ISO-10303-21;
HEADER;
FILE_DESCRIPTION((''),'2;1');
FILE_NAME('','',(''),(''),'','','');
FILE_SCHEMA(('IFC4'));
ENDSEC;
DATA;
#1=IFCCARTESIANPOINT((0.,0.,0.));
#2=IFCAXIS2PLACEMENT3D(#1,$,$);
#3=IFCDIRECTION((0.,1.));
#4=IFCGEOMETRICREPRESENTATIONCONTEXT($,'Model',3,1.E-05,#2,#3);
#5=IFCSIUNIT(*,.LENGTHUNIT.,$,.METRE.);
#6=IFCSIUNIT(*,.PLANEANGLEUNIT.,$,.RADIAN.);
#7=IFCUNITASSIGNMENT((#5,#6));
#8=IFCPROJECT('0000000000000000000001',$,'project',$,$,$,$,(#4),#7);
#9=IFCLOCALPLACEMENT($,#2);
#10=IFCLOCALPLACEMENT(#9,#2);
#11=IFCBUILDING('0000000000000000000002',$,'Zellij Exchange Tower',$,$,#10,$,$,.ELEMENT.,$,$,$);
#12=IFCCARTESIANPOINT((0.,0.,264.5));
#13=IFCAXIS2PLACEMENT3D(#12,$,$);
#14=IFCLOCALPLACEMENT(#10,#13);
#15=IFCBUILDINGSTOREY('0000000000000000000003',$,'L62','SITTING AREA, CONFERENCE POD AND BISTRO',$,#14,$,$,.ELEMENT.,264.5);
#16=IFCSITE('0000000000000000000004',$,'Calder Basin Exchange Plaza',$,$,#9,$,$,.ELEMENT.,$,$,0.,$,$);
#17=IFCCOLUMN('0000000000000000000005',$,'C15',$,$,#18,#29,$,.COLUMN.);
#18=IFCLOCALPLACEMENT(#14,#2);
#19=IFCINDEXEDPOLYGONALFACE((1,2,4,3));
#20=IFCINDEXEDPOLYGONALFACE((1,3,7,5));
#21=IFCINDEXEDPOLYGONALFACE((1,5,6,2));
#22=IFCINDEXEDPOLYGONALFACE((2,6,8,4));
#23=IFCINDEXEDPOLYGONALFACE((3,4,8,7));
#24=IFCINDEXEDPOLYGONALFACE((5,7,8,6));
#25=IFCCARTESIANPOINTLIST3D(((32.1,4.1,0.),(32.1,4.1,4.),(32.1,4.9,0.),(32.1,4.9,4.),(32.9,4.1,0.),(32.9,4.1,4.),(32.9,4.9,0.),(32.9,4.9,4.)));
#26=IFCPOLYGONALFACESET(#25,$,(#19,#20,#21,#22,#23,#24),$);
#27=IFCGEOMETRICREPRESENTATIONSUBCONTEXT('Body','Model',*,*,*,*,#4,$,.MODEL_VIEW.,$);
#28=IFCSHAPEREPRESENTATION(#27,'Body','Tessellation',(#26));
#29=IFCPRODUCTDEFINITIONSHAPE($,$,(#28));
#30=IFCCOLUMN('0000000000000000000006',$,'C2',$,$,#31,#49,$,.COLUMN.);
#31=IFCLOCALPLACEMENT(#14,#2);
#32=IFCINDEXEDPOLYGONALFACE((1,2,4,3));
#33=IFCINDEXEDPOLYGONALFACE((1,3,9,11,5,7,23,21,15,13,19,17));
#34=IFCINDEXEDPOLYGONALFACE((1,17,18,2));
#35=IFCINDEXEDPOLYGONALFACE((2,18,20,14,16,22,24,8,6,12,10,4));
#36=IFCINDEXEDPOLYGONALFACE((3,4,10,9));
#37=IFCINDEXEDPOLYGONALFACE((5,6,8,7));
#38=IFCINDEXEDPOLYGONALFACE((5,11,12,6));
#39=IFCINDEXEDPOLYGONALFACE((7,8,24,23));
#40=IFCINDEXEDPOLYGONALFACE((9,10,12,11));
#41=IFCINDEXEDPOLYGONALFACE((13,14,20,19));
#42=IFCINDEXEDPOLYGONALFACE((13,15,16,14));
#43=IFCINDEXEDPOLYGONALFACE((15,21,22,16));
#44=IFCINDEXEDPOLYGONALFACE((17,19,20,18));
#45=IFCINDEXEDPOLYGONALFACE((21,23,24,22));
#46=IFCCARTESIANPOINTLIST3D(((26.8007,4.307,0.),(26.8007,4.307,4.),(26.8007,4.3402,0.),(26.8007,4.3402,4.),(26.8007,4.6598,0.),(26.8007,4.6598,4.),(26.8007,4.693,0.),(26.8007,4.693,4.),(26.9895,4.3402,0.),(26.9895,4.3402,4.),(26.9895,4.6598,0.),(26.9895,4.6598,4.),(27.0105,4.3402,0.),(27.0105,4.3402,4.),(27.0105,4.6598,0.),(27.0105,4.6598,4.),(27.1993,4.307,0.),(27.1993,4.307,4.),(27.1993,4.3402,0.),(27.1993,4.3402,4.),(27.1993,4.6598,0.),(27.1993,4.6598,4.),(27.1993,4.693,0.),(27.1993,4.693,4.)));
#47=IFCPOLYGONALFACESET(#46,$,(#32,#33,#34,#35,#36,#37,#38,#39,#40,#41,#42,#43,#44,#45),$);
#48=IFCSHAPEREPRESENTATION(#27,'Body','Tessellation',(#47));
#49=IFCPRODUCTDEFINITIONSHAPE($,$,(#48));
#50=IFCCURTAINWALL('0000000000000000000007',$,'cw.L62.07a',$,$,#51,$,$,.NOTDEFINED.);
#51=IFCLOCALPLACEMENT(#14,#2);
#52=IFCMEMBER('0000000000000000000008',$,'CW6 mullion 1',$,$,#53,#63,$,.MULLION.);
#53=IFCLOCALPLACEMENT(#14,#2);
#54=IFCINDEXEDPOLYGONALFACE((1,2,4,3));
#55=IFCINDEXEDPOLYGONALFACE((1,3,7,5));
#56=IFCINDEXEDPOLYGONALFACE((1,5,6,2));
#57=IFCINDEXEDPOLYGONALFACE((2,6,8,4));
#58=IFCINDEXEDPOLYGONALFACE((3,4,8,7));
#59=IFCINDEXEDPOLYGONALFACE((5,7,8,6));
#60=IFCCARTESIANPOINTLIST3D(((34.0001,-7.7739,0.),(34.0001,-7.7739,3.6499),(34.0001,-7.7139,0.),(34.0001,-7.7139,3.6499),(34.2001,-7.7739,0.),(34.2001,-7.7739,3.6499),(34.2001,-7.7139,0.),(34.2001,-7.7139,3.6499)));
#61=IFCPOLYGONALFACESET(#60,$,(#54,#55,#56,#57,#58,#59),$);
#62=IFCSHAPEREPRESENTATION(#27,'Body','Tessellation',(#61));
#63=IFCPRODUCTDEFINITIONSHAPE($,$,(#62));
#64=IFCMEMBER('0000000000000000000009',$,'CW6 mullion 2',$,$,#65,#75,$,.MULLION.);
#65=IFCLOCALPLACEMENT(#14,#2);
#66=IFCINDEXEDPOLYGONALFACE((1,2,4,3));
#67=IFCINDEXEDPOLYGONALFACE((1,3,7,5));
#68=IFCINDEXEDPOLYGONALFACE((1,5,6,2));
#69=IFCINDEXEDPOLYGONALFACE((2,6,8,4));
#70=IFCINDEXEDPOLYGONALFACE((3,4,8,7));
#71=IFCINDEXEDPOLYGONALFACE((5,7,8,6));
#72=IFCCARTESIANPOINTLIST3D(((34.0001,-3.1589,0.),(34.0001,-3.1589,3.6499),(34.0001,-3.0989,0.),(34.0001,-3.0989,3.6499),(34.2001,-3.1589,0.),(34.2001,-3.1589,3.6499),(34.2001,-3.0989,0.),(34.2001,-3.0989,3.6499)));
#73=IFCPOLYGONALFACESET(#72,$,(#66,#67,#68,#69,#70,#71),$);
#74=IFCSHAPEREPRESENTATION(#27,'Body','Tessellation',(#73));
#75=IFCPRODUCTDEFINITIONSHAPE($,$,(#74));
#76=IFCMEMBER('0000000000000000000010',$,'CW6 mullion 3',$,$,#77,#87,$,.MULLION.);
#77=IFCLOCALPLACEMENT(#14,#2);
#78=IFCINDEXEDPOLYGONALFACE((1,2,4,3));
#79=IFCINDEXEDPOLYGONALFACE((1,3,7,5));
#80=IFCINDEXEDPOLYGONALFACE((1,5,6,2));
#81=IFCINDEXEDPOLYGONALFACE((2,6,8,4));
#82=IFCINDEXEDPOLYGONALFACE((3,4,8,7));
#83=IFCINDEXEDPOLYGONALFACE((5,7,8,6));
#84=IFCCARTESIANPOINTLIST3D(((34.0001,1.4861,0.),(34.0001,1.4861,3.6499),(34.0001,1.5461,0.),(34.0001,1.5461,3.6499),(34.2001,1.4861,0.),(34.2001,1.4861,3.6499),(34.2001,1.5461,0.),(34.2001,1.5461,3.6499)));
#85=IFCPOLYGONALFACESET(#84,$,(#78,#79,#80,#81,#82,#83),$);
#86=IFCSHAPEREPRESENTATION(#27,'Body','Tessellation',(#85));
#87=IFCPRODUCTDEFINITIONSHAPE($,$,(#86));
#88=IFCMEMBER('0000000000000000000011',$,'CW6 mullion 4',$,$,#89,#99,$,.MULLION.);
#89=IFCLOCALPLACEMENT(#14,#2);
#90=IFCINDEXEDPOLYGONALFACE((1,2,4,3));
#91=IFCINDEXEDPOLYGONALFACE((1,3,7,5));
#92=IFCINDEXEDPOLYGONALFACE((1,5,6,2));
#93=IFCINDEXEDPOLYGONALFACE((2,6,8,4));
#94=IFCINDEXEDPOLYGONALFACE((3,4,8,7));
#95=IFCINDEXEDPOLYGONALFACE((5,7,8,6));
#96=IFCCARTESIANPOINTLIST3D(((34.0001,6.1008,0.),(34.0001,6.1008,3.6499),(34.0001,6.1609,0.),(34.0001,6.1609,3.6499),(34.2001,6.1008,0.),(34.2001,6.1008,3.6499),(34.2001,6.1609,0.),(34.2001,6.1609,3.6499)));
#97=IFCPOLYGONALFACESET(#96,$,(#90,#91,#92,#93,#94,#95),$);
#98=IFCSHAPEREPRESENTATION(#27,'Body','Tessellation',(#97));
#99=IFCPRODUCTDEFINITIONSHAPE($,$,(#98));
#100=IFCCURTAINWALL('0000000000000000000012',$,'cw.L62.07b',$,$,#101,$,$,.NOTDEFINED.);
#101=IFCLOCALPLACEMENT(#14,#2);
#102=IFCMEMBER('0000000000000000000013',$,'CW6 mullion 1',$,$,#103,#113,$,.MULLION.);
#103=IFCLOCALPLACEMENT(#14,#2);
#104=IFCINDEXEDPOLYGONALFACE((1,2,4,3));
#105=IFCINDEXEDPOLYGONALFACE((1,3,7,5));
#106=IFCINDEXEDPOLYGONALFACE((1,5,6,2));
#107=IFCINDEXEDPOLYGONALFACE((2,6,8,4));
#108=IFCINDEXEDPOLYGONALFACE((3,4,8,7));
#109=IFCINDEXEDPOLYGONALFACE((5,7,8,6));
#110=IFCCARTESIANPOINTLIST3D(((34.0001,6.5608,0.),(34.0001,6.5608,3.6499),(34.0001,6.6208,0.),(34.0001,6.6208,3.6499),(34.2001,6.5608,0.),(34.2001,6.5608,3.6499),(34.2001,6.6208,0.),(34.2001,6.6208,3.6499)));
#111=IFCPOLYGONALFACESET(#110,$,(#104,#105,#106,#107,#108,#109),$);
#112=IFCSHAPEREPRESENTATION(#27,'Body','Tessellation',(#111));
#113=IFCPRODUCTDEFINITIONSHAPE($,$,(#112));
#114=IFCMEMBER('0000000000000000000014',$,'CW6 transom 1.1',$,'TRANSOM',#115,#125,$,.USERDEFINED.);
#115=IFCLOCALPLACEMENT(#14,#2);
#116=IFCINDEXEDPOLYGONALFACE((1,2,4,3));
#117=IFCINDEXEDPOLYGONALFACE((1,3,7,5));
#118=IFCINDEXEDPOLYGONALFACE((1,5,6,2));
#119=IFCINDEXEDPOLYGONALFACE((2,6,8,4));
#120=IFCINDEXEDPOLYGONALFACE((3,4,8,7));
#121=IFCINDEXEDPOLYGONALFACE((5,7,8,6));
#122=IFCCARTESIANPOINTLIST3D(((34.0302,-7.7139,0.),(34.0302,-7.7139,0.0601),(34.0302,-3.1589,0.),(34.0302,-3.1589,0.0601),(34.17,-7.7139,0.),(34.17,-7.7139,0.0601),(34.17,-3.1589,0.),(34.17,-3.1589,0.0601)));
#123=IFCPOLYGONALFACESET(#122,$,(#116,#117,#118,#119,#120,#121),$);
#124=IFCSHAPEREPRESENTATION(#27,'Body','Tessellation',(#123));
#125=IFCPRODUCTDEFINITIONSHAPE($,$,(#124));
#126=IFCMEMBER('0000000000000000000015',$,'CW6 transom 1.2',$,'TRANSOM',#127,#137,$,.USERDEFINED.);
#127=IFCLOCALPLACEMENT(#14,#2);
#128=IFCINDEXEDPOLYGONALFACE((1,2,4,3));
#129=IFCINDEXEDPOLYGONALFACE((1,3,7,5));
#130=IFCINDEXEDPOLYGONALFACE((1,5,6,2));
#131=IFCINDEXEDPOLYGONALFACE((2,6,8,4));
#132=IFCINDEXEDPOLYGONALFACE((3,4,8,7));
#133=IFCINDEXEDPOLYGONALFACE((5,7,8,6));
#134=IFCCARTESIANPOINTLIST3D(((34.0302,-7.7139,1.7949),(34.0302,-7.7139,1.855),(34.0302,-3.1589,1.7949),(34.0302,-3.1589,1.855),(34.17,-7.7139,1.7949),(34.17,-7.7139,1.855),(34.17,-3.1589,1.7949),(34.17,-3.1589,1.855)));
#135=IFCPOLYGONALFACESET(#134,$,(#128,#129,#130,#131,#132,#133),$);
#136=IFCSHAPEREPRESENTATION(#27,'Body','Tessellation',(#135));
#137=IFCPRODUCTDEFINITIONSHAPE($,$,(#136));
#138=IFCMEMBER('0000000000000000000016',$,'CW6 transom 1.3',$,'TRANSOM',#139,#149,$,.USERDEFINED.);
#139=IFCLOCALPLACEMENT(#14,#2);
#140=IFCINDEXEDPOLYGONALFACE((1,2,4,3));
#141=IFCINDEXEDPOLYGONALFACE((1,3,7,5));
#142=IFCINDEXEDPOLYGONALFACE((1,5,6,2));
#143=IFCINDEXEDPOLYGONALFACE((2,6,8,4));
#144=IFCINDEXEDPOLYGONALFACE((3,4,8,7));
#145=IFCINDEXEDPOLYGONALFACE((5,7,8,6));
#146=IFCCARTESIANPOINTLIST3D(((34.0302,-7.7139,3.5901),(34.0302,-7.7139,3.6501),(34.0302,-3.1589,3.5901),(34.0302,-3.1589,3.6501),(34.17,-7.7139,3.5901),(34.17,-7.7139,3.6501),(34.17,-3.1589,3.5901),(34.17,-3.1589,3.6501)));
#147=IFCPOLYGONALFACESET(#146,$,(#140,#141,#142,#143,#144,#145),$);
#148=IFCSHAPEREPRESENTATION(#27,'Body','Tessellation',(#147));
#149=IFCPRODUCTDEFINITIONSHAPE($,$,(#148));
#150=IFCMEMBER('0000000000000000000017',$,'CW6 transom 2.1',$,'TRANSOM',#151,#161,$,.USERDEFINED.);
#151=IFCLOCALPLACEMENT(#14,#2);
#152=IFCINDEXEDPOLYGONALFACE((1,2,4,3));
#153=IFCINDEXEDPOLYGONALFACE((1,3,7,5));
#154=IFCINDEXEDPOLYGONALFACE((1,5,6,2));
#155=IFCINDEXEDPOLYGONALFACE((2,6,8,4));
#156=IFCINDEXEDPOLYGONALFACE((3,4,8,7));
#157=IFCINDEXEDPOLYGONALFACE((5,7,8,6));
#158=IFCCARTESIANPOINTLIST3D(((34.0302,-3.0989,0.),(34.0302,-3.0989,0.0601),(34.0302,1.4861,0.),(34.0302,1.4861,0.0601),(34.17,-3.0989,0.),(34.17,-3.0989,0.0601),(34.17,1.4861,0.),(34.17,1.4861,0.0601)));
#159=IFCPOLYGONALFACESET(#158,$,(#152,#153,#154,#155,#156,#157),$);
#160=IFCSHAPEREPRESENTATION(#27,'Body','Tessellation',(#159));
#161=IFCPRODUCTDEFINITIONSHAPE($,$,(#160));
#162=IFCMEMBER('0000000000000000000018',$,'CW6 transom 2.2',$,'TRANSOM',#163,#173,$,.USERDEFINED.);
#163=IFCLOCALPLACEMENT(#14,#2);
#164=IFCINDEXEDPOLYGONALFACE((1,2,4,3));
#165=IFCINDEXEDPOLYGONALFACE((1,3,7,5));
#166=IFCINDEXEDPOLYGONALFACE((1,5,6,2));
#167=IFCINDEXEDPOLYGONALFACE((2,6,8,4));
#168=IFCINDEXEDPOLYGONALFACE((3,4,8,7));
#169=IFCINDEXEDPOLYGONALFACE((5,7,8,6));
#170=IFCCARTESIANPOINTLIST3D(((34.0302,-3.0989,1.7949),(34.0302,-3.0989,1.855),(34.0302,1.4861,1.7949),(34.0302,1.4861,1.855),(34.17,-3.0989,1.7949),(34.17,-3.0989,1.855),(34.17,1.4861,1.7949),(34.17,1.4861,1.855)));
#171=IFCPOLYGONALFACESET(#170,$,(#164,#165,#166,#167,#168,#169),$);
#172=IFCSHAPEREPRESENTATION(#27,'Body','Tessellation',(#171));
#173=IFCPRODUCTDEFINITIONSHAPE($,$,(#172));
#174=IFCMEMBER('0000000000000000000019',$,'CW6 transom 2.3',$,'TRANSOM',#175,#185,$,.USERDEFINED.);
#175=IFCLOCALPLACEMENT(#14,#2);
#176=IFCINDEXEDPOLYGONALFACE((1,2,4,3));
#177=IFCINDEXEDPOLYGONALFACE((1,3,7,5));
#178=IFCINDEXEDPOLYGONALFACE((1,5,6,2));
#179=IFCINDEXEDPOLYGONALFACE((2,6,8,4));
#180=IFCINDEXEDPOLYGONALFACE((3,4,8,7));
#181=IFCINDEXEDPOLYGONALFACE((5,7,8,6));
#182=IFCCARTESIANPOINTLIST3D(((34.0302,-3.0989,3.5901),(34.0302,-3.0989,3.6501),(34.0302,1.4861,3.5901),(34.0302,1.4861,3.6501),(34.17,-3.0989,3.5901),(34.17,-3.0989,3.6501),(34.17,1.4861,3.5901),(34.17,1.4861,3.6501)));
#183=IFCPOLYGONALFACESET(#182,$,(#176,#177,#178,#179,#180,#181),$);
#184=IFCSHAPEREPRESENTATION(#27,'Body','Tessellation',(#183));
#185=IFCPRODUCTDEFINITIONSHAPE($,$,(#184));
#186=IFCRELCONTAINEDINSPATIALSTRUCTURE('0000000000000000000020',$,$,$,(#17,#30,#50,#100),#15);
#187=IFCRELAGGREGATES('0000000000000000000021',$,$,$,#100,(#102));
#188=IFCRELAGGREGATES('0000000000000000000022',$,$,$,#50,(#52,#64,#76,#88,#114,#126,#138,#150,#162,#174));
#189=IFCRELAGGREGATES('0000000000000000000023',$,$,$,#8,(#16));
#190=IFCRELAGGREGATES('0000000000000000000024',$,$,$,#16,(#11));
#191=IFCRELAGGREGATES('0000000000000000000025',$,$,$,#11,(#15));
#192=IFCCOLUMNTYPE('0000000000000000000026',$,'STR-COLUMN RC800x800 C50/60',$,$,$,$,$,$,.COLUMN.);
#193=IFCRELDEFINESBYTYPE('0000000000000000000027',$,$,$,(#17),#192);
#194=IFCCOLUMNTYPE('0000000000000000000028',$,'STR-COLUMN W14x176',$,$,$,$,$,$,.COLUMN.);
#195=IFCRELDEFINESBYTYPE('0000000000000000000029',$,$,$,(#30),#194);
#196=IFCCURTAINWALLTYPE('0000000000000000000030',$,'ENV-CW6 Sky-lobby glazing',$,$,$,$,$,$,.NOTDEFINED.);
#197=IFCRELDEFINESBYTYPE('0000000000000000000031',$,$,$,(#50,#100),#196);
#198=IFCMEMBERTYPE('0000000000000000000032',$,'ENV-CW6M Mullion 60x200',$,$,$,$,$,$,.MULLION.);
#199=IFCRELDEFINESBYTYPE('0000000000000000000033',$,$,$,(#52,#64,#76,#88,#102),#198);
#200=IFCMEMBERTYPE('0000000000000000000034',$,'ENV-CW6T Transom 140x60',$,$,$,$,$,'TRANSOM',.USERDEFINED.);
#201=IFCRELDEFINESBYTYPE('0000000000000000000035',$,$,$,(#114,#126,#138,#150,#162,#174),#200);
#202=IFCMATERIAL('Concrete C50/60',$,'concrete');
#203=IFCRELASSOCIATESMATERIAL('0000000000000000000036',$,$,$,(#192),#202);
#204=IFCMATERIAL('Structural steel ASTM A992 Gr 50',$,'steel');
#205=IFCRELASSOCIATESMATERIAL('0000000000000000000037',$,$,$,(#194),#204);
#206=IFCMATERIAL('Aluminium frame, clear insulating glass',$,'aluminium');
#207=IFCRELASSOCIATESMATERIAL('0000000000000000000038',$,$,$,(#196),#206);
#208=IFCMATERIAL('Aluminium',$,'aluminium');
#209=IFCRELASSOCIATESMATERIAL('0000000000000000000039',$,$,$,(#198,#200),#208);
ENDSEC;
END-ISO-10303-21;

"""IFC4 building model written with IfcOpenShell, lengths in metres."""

from ifc_helpers import new_model, si_unit, direction, frame, origin, origin_2d, place, context, subcontext, project, spatial, rectangle, i_section, extrude, material, material_profile, profile_set, type_object, element, aggregate, save


model = new_model("IFC4")

# Units and contexts
model_context = context("Model", 3, precision=1e-05, world=origin(), true_north=direction((0.0, 1.0)))
body_context = subcontext(model_context, "Body", "Model", "MODEL_VIEW")
ifc_project = project(units=[si_unit("LENGTHUNIT", "METRE"), si_unit("PLANEANGLEUNIT", "RADIAN")], contexts=[model_context])

# Site, building, storey
site_placement = place(None, origin())
site = spatial("IfcSite", under=ifc_project, at=site_placement, Name="Calder Basin Exchange Plaza", CompositionType="ELEMENT", RefElevation=0.0)
building_placement = place(site_placement, origin())
building = spatial("IfcBuilding", under=site, at=building_placement, Name="Zellij Exchange Tower", CompositionType="ELEMENT")
storey_placement = place(building_placement, frame((0.0, 0.0, 264.5)))
storey = spatial("IfcBuildingStorey", under=building, at=storey_placement, Name="L62", Description="SITTING AREA, CONFERENCE POD AND BISTRO", CompositionType="ELEMENT", Elevation=264.5)

# Columns
ifc_material_1 = material(Name="Concrete C50/60", Category="concrete")
ifc_material_profile_1 = material_profile(ifc_material_1, rectangle(XDim=0.8, YDim=0.8, at=origin_2d()), Name="STR-COLUMN RC800x800 C50/60")
ifc_profile_set_1 = profile_set([ifc_material_profile_1], Name="Concrete C50/60")
column_type_1 = type_object("IfcColumnType", Name="STR-COLUMN RC800x800 C50/60", PredefinedType="COLUMN", material=ifc_profile_set_1)
column_1_placement = place(storey_placement, frame((32.5, 4.5, 0.0), z_axis=(0.0, 0.0, 1.0), x_axis=(1.0, 0.0, 0.0)))
element("IfcColumn", 1, at=column_1_placement, inside=storey, type_object=column_type_1, Name="C15", PredefinedType="COLUMN", context=body_context, shape_type="SweptSolid", body=[
    extrude(rectangle(XDim=0.8, YDim=0.8, at=origin_2d()), origin(), (0.0, 0.0, 1.0), 4.0),
])
ifc_material_2 = material(Name="Structural steel ASTM A992 Gr 50", Category="steel")
ifc_material_profile_2 = material_profile(ifc_material_2, i_section(OverallWidth=0.3987, OverallDepth=0.386, WebThickness=0.021, FlangeThickness=0.0332, at=origin_2d()), Name="W14x176")
ifc_profile_set_2 = profile_set([ifc_material_profile_2], Name="Structural steel ASTM A992 Gr 50")
column_type_2 = type_object("IfcColumnType", Name="STR-COLUMN W14x176", PredefinedType="COLUMN", material=ifc_profile_set_2)
column_2_placement = place(storey_placement, frame((27.0, 4.5, 0.0), z_axis=(0.0, 0.0, 1.0), x_axis=(1.0, 0.0, 0.0)))
element("IfcColumn", 2, at=column_2_placement, inside=storey, type_object=column_type_2, Name="C2", PredefinedType="COLUMN", context=body_context, shape_type="SweptSolid", body=[
    extrude(i_section(OverallWidth=0.3987, OverallDepth=0.386, WebThickness=0.021, FlangeThickness=0.0332, at=origin_2d()), origin(), (0.0, 0.0, 1.0), 4.0),
])

# Curtain wall, members
ifc_material_3 = material(Name="Aluminium frame, clear insulating glass", Category="aluminium")
curtain_wall_type = type_object("IfcCurtainWallType", Name="ENV-CW6 Sky-lobby glazing", PredefinedType="NOTDEFINED", material=ifc_material_3)
curtain_wall_1_placement = place(storey_placement, origin())
curtain_wall_1 = element("IfcCurtainWall", 3, at=curtain_wall_1_placement, inside=storey, type_object=curtain_wall_type, Name="cw.L62.07a", PredefinedType="NOTDEFINED")
ifc_material_4 = material(Name="Aluminium", Category="aluminium")
ifc_material_profile_3 = material_profile(ifc_material_4, rectangle(XDim=0.0601, YDim=0.2, at=origin_2d()), Name="AL 60x200")
ifc_profile_set_3 = profile_set([ifc_material_profile_3], Name="Aluminium")
member_type_1 = type_object("IfcMemberType", Name="ENV-CW6M Mullion 60x200", PredefinedType="MULLION", material=ifc_profile_set_3)
member_1_placement = place(storey_placement, frame((34.1001, -7.7439, 0.0), z_axis=(0.0, 0.0, 1.0), x_axis=(0.0, 1.0, 0.0)))
member_1 = element("IfcMember", 4, at=member_1_placement, type_object=member_type_1, Name="CW6 mullion 1", PredefinedType="MULLION", context=body_context, shape_type="SweptSolid", body=[
    extrude(rectangle(XDim=0.0601, YDim=0.2, at=origin_2d()), origin(), (0.0, 0.0, 1.0), 3.6499),
])
member_2_placement = place(storey_placement, frame((34.1001, -3.1289, 0.0), z_axis=(0.0, 0.0, 1.0), x_axis=(0.0, 1.0, 0.0)))
member_2 = element("IfcMember", 5, at=member_2_placement, type_object=member_type_1, Name="CW6 mullion 2", PredefinedType="MULLION", context=body_context, shape_type="SweptSolid", body=[
    extrude(rectangle(XDim=0.0601, YDim=0.2, at=origin_2d()), origin(), (0.0, 0.0, 1.0), 3.6499),
])
member_3_placement = place(storey_placement, frame((34.1001, 1.5161, 0.0), z_axis=(0.0, 0.0, 1.0), x_axis=(0.0, 1.0, 0.0)))
member_3 = element("IfcMember", 6, at=member_3_placement, type_object=member_type_1, Name="CW6 mullion 3", PredefinedType="MULLION", context=body_context, shape_type="SweptSolid", body=[
    extrude(rectangle(XDim=0.0601, YDim=0.2, at=origin_2d()), origin(), (0.0, 0.0, 1.0), 3.6499),
])
member_4_placement = place(storey_placement, frame((34.1001, 6.1309, 0.0), z_axis=(0.0, 0.0, 1.0), x_axis=(0.0, 1.0, 0.0)))
member_4 = element("IfcMember", 7, at=member_4_placement, type_object=member_type_1, Name="CW6 mullion 4", PredefinedType="MULLION", context=body_context, shape_type="SweptSolid", body=[
    extrude(rectangle(XDim=0.0601, YDim=0.2, at=origin_2d()), origin(), (0.0, 0.0, 1.0), 3.6499),
])

# Curtain wall, member
curtain_wall_2_placement = place(storey_placement, origin())
curtain_wall_2 = element("IfcCurtainWall", 8, at=curtain_wall_2_placement, inside=storey, type_object=curtain_wall_type, Name="cw.L62.07b", PredefinedType="NOTDEFINED")
member_5_placement = place(storey_placement, frame((34.1001, 6.5908, 0.0), z_axis=(0.0, 0.0, 1.0), x_axis=(0.0, 1.0, 0.0)))
member_5 = element("IfcMember", 9, at=member_5_placement, type_object=member_type_1, Name="CW6 mullion 1", PredefinedType="MULLION", context=body_context, shape_type="SweptSolid", body=[
    extrude(rectangle(XDim=0.0601, YDim=0.2, at=origin_2d()), origin(), (0.0, 0.0, 1.0), 3.6499),
])

# Members
ifc_material_profile_4 = material_profile(ifc_material_4, rectangle(XDim=0.1399, YDim=0.0601, at=origin_2d()), Name="AL 140x60")
ifc_profile_set_4 = profile_set([ifc_material_profile_4], Name="Aluminium")
member_type_2 = type_object("IfcMemberType", Name="ENV-CW6T Transom 140x60", ElementType="TRANSOM", PredefinedType="USERDEFINED", material=ifc_profile_set_4)
member_6_placement = place(storey_placement, frame((34.1001, -7.7139, 0.03), z_axis=(0.0, 1.0, 0.0), x_axis=(-1.0, 0.0, 0.0)))
member_6 = element("IfcMember", 10, at=member_6_placement, type_object=member_type_2, Name="CW6 transom 1.1", ObjectType="TRANSOM", PredefinedType="USERDEFINED", context=body_context, shape_type="SweptSolid", body=[
    extrude(rectangle(XDim=0.1399, YDim=0.0601, at=origin_2d()), origin(), (0.0, 0.0, 1.0), 4.5549),
])
member_7_placement = place(storey_placement, frame((34.1001, -7.7139, 1.825), z_axis=(0.0, 1.0, 0.0), x_axis=(-1.0, 0.0, 0.0)))
member_7 = element("IfcMember", 11, at=member_7_placement, type_object=member_type_2, Name="CW6 transom 1.2", ObjectType="TRANSOM", PredefinedType="USERDEFINED", context=body_context, shape_type="SweptSolid", body=[
    extrude(rectangle(XDim=0.1399, YDim=0.0601, at=origin_2d()), origin(), (0.0, 0.0, 1.0), 4.5549),
])
member_8_placement = place(storey_placement, frame((34.1001, -7.7139, 3.6201), z_axis=(0.0, 1.0, 0.0), x_axis=(-1.0, 0.0, 0.0)))
member_8 = element("IfcMember", 12, at=member_8_placement, type_object=member_type_2, Name="CW6 transom 1.3", ObjectType="TRANSOM", PredefinedType="USERDEFINED", context=body_context, shape_type="SweptSolid", body=[
    extrude(rectangle(XDim=0.1399, YDim=0.0601, at=origin_2d()), origin(), (0.0, 0.0, 1.0), 4.5549),
])
member_9_placement = place(storey_placement, frame((34.1001, -3.0989, 0.03), z_axis=(0.0, 1.0, 0.0), x_axis=(-1.0, 0.0, 0.0)))
member_9 = element("IfcMember", 13, at=member_9_placement, type_object=member_type_2, Name="CW6 transom 2.1", ObjectType="TRANSOM", PredefinedType="USERDEFINED", context=body_context, shape_type="SweptSolid", body=[
    extrude(rectangle(XDim=0.1399, YDim=0.0601, at=origin_2d()), origin(), (0.0, 0.0, 1.0), 4.585),
])
member_10_placement = place(storey_placement, frame((34.1001, -3.0989, 1.825), z_axis=(0.0, 1.0, 0.0), x_axis=(-1.0, 0.0, 0.0)))
member_10 = element("IfcMember", 14, at=member_10_placement, type_object=member_type_2, Name="CW6 transom 2.2", ObjectType="TRANSOM", PredefinedType="USERDEFINED", context=body_context, shape_type="SweptSolid", body=[
    extrude(rectangle(XDim=0.1399, YDim=0.0601, at=origin_2d()), origin(), (0.0, 0.0, 1.0), 4.585),
])
member_11_placement = place(storey_placement, frame((34.1001, -3.0989, 3.6201), z_axis=(0.0, 1.0, 0.0), x_axis=(-1.0, 0.0, 0.0)))
member_11 = element("IfcMember", 15, at=member_11_placement, type_object=member_type_2, Name="CW6 transom 2.3", ObjectType="TRANSOM", PredefinedType="USERDEFINED", context=body_context, shape_type="SweptSolid", body=[
    extrude(rectangle(XDim=0.1399, YDim=0.0601, at=origin_2d()), origin(), (0.0, 0.0, 1.0), 4.585),
])
aggregate(curtain_wall_2, [member_5])

aggregate(curtain_wall_1, [member_1, member_2, member_3, member_4, member_6, member_7, member_8, member_9, member_10, member_11])

save(model, "model.ifc")
